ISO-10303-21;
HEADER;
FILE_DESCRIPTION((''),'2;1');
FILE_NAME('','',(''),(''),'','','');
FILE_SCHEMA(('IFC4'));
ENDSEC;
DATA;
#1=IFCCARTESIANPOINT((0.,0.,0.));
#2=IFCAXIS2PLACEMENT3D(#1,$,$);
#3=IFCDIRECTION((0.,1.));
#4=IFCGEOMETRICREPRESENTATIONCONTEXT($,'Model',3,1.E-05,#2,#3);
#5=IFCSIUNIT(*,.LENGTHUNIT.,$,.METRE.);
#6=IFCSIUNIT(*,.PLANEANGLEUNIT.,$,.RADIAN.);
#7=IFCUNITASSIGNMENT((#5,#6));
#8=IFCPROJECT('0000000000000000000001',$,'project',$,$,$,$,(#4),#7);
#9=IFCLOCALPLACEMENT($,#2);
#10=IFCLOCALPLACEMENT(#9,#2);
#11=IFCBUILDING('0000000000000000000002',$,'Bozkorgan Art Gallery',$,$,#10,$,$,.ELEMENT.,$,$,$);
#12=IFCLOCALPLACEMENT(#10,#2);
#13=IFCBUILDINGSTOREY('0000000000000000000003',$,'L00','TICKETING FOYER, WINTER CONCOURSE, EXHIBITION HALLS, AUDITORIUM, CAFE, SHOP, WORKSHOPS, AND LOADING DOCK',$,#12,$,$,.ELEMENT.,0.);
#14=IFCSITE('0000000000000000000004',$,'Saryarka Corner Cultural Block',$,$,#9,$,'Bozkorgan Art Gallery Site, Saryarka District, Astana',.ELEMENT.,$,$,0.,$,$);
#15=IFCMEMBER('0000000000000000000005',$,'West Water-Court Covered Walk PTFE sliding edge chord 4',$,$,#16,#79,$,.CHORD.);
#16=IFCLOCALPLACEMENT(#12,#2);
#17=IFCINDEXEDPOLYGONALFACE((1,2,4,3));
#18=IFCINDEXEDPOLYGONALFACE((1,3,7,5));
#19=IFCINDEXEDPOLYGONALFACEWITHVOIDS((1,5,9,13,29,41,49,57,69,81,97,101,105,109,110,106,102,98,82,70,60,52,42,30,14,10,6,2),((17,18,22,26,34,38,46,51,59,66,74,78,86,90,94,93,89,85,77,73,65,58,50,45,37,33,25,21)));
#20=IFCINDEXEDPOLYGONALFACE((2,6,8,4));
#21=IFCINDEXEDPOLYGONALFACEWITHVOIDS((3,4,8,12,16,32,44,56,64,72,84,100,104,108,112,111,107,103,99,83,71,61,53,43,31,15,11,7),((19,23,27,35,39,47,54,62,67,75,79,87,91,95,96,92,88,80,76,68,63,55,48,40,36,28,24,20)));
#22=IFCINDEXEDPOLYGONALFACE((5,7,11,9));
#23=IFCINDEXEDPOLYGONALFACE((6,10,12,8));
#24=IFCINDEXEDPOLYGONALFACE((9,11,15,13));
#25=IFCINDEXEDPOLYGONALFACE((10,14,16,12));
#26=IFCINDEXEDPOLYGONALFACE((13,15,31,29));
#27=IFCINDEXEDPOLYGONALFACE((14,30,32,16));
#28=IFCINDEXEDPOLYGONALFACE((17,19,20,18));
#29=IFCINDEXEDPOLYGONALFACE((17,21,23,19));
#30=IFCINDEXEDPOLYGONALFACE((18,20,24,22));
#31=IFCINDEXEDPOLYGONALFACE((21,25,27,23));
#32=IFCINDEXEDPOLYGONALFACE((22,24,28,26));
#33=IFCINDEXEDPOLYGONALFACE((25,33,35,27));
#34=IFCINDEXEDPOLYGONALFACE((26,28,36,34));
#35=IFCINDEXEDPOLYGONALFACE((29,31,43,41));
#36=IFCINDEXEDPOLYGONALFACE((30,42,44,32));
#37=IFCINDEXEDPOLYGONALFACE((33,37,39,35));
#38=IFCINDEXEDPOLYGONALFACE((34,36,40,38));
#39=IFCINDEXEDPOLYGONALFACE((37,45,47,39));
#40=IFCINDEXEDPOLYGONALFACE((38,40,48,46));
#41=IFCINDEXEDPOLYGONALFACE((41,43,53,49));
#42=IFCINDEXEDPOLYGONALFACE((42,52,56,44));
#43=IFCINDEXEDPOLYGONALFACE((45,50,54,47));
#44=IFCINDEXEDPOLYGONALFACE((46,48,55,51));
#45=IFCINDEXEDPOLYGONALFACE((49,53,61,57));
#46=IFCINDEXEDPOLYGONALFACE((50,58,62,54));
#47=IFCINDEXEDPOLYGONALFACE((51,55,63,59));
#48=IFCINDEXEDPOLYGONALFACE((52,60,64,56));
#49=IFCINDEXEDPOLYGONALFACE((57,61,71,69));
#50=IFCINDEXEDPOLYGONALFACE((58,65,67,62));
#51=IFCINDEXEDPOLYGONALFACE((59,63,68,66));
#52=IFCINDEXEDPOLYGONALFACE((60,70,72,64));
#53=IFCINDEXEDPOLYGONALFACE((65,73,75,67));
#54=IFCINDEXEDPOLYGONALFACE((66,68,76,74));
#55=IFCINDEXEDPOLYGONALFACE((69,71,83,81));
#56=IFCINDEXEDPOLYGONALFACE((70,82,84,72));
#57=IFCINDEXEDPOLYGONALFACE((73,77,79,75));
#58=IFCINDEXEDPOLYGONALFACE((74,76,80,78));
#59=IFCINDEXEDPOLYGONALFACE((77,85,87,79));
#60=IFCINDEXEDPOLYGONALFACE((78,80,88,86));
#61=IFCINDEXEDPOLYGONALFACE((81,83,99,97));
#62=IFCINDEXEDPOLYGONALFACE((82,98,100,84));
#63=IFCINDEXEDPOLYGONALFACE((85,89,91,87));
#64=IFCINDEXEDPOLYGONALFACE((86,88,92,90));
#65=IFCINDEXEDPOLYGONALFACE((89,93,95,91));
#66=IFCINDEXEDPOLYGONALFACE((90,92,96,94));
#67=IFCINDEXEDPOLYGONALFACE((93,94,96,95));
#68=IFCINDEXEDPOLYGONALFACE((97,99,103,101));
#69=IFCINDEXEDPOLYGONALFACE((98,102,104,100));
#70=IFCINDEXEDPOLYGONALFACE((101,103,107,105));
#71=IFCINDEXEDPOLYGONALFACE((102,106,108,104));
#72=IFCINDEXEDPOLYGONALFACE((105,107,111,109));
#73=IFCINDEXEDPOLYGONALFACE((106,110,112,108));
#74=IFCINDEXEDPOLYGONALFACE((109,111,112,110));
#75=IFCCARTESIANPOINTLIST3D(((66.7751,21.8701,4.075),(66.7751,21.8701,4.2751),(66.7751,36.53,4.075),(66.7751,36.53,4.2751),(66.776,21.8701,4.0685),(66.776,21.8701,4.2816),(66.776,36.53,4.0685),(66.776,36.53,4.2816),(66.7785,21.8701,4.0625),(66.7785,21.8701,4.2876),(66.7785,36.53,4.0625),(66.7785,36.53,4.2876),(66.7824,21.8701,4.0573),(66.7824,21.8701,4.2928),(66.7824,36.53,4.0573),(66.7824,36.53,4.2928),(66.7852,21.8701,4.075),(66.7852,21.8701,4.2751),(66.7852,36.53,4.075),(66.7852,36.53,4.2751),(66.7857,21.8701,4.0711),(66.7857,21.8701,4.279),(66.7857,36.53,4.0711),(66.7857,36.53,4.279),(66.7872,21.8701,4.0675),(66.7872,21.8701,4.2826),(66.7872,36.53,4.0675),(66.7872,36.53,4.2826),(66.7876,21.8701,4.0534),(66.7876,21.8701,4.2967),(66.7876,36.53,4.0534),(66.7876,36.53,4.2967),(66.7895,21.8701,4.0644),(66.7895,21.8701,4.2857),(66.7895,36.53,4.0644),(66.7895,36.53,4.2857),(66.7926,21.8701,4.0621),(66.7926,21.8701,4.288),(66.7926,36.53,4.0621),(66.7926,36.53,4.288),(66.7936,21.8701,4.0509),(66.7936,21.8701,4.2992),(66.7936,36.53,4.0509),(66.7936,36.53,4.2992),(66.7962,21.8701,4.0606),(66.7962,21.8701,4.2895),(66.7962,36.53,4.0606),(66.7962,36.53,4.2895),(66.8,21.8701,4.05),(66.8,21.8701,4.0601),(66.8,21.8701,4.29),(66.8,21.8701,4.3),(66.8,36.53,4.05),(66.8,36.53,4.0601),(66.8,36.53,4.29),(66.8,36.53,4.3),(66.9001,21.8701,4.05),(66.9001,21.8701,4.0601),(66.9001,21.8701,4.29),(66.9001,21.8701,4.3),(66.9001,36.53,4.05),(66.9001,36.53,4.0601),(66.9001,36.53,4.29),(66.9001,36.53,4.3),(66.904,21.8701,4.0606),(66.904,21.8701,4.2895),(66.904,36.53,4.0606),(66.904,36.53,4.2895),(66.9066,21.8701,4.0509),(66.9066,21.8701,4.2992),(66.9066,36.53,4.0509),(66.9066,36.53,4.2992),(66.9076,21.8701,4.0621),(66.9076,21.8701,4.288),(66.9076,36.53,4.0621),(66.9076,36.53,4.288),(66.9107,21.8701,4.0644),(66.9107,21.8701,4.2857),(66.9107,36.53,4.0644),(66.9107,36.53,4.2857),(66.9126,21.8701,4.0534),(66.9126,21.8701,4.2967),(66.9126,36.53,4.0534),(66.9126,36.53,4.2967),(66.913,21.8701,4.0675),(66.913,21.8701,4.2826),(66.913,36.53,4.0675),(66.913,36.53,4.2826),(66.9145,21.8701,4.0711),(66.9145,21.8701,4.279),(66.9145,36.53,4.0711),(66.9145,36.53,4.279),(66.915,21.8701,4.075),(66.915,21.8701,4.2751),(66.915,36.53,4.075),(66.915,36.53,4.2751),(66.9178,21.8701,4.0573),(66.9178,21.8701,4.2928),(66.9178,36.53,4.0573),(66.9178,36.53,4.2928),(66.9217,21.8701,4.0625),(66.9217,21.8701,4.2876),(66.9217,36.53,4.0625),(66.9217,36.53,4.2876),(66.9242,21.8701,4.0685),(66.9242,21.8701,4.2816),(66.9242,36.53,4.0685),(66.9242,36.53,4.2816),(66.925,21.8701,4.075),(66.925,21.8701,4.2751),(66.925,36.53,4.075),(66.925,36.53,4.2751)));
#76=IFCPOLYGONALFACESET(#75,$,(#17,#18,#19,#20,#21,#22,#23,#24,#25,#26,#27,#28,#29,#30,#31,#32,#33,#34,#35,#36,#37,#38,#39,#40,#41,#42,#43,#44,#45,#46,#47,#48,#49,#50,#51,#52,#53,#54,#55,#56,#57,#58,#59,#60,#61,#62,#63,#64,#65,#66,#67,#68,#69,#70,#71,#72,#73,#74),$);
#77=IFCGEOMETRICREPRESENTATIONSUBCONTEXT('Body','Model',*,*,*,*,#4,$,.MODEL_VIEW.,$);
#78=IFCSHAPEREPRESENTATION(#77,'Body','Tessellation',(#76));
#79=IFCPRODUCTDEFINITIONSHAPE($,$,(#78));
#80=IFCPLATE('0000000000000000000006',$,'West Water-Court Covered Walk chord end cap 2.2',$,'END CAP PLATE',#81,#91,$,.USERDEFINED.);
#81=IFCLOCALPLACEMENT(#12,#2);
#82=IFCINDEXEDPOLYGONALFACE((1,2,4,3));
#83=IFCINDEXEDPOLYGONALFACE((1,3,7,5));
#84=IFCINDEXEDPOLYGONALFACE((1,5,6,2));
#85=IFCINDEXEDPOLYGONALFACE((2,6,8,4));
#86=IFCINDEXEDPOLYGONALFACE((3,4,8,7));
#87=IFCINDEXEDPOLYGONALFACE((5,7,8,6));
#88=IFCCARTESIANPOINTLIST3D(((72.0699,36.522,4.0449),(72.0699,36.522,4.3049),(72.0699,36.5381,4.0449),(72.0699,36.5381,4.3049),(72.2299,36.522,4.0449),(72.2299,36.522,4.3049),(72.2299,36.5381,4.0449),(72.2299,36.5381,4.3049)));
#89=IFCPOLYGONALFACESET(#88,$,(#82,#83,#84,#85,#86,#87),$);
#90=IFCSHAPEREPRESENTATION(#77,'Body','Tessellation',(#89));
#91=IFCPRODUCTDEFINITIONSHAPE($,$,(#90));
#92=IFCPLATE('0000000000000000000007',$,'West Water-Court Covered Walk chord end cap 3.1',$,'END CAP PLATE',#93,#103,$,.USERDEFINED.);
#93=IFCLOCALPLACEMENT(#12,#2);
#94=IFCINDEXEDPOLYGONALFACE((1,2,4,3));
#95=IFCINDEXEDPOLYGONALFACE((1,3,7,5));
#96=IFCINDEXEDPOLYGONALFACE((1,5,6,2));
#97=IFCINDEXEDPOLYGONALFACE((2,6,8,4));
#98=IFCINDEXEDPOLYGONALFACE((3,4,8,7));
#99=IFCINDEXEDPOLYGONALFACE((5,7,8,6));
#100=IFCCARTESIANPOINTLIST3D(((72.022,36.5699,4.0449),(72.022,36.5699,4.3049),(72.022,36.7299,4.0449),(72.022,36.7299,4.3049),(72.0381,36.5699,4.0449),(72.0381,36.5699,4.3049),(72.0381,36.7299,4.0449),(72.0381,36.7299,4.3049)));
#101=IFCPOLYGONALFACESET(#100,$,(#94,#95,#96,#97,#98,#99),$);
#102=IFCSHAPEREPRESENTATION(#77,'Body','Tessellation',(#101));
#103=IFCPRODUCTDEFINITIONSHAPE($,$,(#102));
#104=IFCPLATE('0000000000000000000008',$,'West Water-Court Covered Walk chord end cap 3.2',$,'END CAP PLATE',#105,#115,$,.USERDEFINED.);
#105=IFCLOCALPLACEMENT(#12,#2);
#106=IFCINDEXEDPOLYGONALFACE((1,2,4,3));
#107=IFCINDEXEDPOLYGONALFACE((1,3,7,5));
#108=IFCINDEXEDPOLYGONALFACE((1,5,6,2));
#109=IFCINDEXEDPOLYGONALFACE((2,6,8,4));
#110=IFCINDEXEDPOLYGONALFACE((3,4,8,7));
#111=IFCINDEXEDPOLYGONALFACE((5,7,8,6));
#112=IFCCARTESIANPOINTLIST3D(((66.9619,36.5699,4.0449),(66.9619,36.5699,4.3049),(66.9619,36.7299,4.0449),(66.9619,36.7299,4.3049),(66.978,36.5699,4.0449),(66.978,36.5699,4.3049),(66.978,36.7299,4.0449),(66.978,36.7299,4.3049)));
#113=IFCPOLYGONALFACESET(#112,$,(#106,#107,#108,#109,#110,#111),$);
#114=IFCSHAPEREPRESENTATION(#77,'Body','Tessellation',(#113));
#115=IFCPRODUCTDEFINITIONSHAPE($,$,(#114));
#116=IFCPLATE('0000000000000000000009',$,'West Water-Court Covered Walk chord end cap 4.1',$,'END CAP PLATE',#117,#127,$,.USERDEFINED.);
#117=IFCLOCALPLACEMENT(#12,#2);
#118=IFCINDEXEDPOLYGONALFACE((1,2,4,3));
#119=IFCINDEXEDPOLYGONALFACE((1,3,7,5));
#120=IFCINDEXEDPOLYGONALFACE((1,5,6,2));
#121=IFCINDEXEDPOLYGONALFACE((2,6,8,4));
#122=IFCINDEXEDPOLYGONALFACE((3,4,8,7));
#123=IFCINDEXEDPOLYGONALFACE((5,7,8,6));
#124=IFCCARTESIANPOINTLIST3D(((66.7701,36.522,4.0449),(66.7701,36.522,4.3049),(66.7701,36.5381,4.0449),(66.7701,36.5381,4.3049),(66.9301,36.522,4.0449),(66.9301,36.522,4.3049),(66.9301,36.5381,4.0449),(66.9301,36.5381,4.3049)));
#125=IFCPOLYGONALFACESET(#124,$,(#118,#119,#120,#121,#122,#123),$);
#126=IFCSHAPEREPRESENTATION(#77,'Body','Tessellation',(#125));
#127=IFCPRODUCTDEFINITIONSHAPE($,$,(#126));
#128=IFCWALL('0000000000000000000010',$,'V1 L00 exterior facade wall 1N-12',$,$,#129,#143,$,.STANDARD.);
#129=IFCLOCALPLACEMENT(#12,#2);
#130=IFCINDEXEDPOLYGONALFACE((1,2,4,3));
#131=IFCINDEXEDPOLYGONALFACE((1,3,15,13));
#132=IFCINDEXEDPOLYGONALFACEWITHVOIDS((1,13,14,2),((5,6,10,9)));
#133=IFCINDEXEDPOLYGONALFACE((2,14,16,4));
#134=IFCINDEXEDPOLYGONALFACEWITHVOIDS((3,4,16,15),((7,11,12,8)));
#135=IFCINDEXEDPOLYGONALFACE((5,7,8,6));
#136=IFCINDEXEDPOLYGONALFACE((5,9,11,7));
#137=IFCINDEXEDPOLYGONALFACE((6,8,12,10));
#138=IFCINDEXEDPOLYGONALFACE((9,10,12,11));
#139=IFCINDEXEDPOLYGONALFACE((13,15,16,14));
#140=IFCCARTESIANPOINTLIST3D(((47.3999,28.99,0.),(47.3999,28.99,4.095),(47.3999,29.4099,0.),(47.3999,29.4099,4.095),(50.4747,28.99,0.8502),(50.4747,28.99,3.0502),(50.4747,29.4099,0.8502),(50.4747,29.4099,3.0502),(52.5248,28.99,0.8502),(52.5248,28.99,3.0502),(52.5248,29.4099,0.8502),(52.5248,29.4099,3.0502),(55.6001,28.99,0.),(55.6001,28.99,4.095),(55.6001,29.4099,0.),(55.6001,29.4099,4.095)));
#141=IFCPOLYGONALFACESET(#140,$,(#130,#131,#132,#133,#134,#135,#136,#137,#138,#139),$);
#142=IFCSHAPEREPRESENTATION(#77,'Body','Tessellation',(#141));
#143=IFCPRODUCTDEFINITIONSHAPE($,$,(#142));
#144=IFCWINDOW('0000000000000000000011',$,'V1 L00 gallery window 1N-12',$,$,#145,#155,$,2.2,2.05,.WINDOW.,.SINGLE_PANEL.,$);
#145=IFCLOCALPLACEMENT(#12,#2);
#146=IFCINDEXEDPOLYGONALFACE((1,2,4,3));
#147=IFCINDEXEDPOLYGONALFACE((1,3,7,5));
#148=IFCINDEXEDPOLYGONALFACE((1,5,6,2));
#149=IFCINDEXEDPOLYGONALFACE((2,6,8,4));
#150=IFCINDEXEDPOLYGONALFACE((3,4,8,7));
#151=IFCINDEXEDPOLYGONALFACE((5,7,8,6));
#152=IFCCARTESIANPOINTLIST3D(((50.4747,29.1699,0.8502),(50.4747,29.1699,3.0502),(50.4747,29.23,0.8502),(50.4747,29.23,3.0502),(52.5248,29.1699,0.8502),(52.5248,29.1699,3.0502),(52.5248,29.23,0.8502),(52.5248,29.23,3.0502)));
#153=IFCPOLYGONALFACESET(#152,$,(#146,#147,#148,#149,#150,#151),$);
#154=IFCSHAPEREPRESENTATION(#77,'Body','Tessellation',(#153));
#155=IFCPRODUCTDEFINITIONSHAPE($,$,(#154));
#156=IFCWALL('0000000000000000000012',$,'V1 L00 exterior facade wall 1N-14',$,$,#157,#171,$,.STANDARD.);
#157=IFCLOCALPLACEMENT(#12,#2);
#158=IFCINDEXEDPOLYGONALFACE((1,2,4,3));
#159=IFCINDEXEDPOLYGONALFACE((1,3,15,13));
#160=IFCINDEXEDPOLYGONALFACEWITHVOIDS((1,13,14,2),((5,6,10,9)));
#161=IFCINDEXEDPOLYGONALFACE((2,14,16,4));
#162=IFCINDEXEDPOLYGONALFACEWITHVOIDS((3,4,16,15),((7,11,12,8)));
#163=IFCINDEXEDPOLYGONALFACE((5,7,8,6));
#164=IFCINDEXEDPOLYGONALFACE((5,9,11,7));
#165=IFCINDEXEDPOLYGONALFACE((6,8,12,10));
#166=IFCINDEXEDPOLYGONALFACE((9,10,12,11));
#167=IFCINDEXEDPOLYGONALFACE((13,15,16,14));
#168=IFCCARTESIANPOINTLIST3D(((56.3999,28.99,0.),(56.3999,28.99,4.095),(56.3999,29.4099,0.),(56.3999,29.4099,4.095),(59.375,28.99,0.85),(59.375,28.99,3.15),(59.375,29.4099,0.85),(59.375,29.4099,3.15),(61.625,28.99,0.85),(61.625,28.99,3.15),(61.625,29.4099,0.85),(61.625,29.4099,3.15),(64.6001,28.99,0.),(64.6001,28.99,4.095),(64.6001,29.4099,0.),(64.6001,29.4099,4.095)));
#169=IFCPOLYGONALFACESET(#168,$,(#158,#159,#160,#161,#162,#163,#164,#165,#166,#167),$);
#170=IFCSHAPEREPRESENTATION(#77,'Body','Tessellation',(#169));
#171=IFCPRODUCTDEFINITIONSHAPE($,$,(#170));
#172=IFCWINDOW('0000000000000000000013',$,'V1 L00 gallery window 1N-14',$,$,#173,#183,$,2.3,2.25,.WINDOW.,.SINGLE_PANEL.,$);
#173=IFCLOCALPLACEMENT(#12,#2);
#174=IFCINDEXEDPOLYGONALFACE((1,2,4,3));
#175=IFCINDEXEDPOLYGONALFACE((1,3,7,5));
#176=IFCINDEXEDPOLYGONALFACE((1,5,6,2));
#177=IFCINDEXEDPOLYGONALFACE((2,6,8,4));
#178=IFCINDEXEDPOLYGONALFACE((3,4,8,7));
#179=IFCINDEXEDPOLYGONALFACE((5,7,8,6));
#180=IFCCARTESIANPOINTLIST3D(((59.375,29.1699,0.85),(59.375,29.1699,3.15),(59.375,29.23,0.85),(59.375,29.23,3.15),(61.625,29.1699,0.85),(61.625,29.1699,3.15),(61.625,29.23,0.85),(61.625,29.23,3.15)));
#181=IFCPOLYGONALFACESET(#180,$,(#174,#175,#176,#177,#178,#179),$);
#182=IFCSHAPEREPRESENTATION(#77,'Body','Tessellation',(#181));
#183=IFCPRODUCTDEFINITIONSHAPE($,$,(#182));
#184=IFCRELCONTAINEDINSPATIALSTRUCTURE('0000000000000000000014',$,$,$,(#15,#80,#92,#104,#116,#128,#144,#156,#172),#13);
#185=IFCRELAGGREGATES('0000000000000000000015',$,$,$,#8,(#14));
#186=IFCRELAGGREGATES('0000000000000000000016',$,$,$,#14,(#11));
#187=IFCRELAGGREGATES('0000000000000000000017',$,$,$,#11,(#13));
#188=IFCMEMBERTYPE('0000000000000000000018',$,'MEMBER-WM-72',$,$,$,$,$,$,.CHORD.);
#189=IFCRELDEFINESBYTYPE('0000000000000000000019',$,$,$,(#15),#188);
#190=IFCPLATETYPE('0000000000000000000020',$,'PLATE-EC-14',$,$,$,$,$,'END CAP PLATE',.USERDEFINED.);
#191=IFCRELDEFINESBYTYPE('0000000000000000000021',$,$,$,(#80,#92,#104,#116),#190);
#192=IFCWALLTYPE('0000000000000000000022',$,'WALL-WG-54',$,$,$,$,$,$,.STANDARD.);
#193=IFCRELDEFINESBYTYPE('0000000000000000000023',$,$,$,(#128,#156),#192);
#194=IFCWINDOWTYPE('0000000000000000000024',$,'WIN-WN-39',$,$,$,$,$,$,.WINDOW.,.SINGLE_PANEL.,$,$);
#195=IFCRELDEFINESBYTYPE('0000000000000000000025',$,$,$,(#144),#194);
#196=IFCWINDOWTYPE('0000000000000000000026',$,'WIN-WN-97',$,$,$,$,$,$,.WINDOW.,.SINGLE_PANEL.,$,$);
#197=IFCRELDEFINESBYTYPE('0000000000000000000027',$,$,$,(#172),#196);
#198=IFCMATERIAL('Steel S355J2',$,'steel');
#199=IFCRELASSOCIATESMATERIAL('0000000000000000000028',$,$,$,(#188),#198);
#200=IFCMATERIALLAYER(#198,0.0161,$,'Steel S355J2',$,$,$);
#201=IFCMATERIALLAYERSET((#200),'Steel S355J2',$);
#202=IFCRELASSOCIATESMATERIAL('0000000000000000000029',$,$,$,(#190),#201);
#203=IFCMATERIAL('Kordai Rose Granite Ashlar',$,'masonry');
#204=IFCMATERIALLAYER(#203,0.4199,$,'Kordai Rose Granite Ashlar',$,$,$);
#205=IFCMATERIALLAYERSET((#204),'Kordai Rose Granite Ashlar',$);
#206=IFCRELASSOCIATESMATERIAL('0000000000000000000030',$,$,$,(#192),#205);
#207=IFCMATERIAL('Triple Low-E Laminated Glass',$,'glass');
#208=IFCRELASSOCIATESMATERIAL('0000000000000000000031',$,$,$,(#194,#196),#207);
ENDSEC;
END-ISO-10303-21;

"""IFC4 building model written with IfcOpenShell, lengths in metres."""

from ifc_helpers import new_model, si_unit, direction, frame, frame_2d, origin, origin_2d, place, context, subcontext, project, spatial, rectangle, hollow_rectangle, extrude, material, layer, layer_set, material_profile, profile_set, type_object, element, fill, save


model = new_model("IFC4")

# Units and contexts
model_context = context("Model", 3, precision=1e-05, world=origin(), true_north=direction((0.0, 1.0)))
body_context = subcontext(model_context, "Body", "Model", "MODEL_VIEW")
ifc_project = project(units=[si_unit("LENGTHUNIT", "METRE"), si_unit("PLANEANGLEUNIT", "RADIAN")], contexts=[model_context])

# Site, building, storey
site_placement = place(None, origin())
site = spatial("IfcSite", under=ifc_project, at=site_placement, Name="Saryarka Corner Cultural Block", LongName="Bozkorgan Art Gallery Site, Saryarka District, Astana", CompositionType="ELEMENT", RefElevation=0.0)
building_placement = place(site_placement, origin())
building = spatial("IfcBuilding", under=site, at=building_placement, Name="Bozkorgan Art Gallery", CompositionType="ELEMENT")
storey_placement = place(building_placement, origin())
storey = spatial("IfcBuildingStorey", under=building, at=storey_placement, Name="L00", Description="TICKETING FOYER, WINTER CONCOURSE, EXHIBITION HALLS, AUDITORIUM, CAFE, SHOP, WORKSHOPS, AND LOADING DOCK", CompositionType="ELEMENT", Elevation=0.0)

# Shared definitions
ifc_material_1 = material(Name="Steel S355J2", Category="steel")

# Member
ifc_material_profile_1 = material_profile(ifc_material_1, hollow_rectangle(XDim=0.1499, YDim=0.25, WallThickness=0.01, InnerFilletRadius=0.0149, OuterFilletRadius=0.0249, at=origin_2d()), Name="RHS 250x150x10")
ifc_profile_set_1 = profile_set([ifc_material_profile_1], Name="Steel S355J2")
member_type_1 = type_object("IfcMemberType", Name="MEMBER-WM-72", PredefinedType="CHORD", material=ifc_profile_set_1)
member_1_placement = place(storey_placement, frame((66.8501, 36.53, 4.175), z_axis=(0.0, -1.0, 0.0), x_axis=(1.0, 0.0, 0.0)))
element("IfcMember", 1, at=member_1_placement, inside=storey, type_object=member_type_1, Name="West Water-Court Covered Walk PTFE sliding edge chord 4", PredefinedType="CHORD", context=body_context, shape_type="SweptSolid", body=[
    extrude(hollow_rectangle(XDim=0.1499, YDim=0.25, WallThickness=0.01, InnerFilletRadius=0.0149, OuterFilletRadius=0.0249, at=origin_2d()), origin(), (0.0, 0.0, 1.0), 14.6599),
])

# Plates
ifc_layer_1 = layer(ifc_material_1, 0.0161, Name="Steel S355J2")
ifc_layer_set_1 = layer_set([ifc_layer_1], Name="Steel S355J2")
plate_type = type_object("IfcPlateType", Name="PLATE-EC-14", ElementType="END CAP PLATE", PredefinedType="USERDEFINED", material=ifc_layer_set_1)
for number, where, z_axis, x_axis, name in (
    (2, (72.1499, 36.53, 4.0449), (0.0, 0.0, 1.0), (0.0, 1.0, 0.0), "West Water-Court Covered Walk chord end cap 2.2"),
    (3, (72.03, 36.6499, 4.0449), (0.0, 0.0, 1.0), (-1.0, 0.0, 0.0), "West Water-Court Covered Walk chord end cap 3.1"),
    (4, (66.97, 36.6499, 4.0449), (0.0, 0.0, 1.0), (-1.0, 0.0, 0.0), "West Water-Court Covered Walk chord end cap 3.2"),
    (5, (66.8501, 36.53, 4.0449), (0.0, 0.0, 1.0), (0.0, -1.0, 0.0), "West Water-Court Covered Walk chord end cap 4.1"),
):
    element("IfcPlate", number, at=place(storey_placement, frame(where, z_axis=z_axis, x_axis=x_axis)), inside=storey, type_object=plate_type, Name=name, ObjectType="END CAP PLATE", PredefinedType="USERDEFINED", context=body_context, shape_type="SweptSolid", body=[
        extrude(rectangle(XDim=0.0161, YDim=0.1599, at=origin_2d()), origin(), (0.0, 0.0, 1.0), 0.26),
    ])

# Walls, openings, windows
ifc_material_2 = material(Name="Kordai Rose Granite Ashlar", Category="masonry")
ifc_layer_2 = layer(ifc_material_2, 0.4199, Name="Kordai Rose Granite Ashlar")
ifc_layer_set_2 = layer_set([ifc_layer_2], Name="Kordai Rose Granite Ashlar")
wall_type = type_object("IfcWallType", Name="WALL-WG-54", PredefinedType="STANDARD", material=ifc_layer_set_2)
wall_1_placement = place(storey_placement, frame((47.3999, 29.2, 0.0), z_axis=(0.0, 0.0, 1.0), x_axis=(1.0, 0.0, 0.0)))
wall_1 = element("IfcWall", 6, at=wall_1_placement, inside=storey, type_object=wall_type, Name="V1 L00 exterior facade wall 1N-12", PredefinedType="STANDARD", context=body_context, shape_type="SweptSolid", body=[
    extrude(rectangle(XDim=8.2002, YDim=0.4199, at=frame_2d((4.1001, 0.0))), origin(), (0.0, 0.0, 1.0), 4.095),
])
opening_1_placement = place(wall_1_placement, frame((3.075, 0.0, 0.8501)))
opening_1 = element("IfcOpeningElement", 7, at=opening_1_placement, cuts=wall_1, PredefinedType="OPENING", context=body_context, shape_type="SweptSolid", body=[
    extrude(rectangle(XDim=2.05, YDim=2.2, at=frame_2d((1.0249, 1.1001))), frame((0.0, 0.22, 0.0), z_axis=(0.0, -1.0, 0.0), x_axis=(1.0, 0.0, 0.0)), (0.0, 0.0, 1.0), 0.4399),
])
ifc_material_3 = material(Name="Triple Low-E Laminated Glass", Category="glass")
window_type_1 = type_object("IfcWindowType", Name="WIN-WN-39", PartitioningType="SINGLE_PANEL", PredefinedType="WINDOW", material=ifc_material_3)
window_1_placement = place(opening_1_placement, origin())
window_1 = element("IfcWindow", 8, at=window_1_placement, inside=storey, type_object=window_type_1, Name="V1 L00 gallery window 1N-12", OverallHeight=2.2, OverallWidth=2.05, PartitioningType="SINGLE_PANEL", PredefinedType="WINDOW", context=body_context, shape_type="SweptSolid", body=[
    extrude(rectangle(XDim=2.05, YDim=2.2, at=frame_2d((1.0249, 1.1001))), frame((0.0, 0.03, 0.0), z_axis=(0.0, -1.0, 0.0), x_axis=(1.0, 0.0, 0.0)), (0.0, 0.0, 1.0), 0.0601),
])
fill(opening_1, window_1)
wall_2_placement = place(storey_placement, frame((56.3999, 29.2, 0.0), z_axis=(0.0, 0.0, 1.0), x_axis=(1.0, 0.0, 0.0)))
wall_2 = element("IfcWall", 9, at=wall_2_placement, inside=storey, type_object=wall_type, Name="V1 L00 exterior facade wall 1N-14", PredefinedType="STANDARD", context=body_context, shape_type="SweptSolid", body=[
    extrude(rectangle(XDim=8.2002, YDim=0.4199, at=frame_2d((4.1001, 0.0))), origin(), (0.0, 0.0, 1.0), 4.095),
])
opening_2_placement = place(wall_2_placement, frame((2.9751, 0.0, 0.8501)))
opening_2 = element("IfcOpeningElement", 10, at=opening_2_placement, cuts=wall_2, PredefinedType="OPENING", context=body_context, shape_type="SweptSolid", body=[
    extrude(rectangle(XDim=2.25, YDim=2.3, at=frame_2d((1.125, 1.1499))), frame((0.0, 0.22, 0.0), z_axis=(0.0, -1.0, 0.0), x_axis=(1.0, 0.0, 0.0)), (0.0, 0.0, 1.0), 0.4399),
])
window_type_2 = type_object("IfcWindowType", Name="WIN-WN-97", PartitioningType="SINGLE_PANEL", PredefinedType="WINDOW", material=ifc_material_3)
window_2_placement = place(opening_2_placement, origin())
window_2 = element("IfcWindow", 11, at=window_2_placement, inside=storey, type_object=window_type_2, Name="V1 L00 gallery window 1N-14", OverallHeight=2.3, OverallWidth=2.25, PartitioningType="SINGLE_PANEL", PredefinedType="WINDOW", context=body_context, shape_type="SweptSolid", body=[
    extrude(rectangle(XDim=2.25, YDim=2.3, at=frame_2d((1.125, 1.1499))), frame((0.0, 0.03, 0.0), z_axis=(0.0, -1.0, 0.0), x_axis=(1.0, 0.0, 0.0)), (0.0, 0.0, 1.0), 0.0601),
])
fill(opening_2, window_2)

save(model, "model.ifc")
